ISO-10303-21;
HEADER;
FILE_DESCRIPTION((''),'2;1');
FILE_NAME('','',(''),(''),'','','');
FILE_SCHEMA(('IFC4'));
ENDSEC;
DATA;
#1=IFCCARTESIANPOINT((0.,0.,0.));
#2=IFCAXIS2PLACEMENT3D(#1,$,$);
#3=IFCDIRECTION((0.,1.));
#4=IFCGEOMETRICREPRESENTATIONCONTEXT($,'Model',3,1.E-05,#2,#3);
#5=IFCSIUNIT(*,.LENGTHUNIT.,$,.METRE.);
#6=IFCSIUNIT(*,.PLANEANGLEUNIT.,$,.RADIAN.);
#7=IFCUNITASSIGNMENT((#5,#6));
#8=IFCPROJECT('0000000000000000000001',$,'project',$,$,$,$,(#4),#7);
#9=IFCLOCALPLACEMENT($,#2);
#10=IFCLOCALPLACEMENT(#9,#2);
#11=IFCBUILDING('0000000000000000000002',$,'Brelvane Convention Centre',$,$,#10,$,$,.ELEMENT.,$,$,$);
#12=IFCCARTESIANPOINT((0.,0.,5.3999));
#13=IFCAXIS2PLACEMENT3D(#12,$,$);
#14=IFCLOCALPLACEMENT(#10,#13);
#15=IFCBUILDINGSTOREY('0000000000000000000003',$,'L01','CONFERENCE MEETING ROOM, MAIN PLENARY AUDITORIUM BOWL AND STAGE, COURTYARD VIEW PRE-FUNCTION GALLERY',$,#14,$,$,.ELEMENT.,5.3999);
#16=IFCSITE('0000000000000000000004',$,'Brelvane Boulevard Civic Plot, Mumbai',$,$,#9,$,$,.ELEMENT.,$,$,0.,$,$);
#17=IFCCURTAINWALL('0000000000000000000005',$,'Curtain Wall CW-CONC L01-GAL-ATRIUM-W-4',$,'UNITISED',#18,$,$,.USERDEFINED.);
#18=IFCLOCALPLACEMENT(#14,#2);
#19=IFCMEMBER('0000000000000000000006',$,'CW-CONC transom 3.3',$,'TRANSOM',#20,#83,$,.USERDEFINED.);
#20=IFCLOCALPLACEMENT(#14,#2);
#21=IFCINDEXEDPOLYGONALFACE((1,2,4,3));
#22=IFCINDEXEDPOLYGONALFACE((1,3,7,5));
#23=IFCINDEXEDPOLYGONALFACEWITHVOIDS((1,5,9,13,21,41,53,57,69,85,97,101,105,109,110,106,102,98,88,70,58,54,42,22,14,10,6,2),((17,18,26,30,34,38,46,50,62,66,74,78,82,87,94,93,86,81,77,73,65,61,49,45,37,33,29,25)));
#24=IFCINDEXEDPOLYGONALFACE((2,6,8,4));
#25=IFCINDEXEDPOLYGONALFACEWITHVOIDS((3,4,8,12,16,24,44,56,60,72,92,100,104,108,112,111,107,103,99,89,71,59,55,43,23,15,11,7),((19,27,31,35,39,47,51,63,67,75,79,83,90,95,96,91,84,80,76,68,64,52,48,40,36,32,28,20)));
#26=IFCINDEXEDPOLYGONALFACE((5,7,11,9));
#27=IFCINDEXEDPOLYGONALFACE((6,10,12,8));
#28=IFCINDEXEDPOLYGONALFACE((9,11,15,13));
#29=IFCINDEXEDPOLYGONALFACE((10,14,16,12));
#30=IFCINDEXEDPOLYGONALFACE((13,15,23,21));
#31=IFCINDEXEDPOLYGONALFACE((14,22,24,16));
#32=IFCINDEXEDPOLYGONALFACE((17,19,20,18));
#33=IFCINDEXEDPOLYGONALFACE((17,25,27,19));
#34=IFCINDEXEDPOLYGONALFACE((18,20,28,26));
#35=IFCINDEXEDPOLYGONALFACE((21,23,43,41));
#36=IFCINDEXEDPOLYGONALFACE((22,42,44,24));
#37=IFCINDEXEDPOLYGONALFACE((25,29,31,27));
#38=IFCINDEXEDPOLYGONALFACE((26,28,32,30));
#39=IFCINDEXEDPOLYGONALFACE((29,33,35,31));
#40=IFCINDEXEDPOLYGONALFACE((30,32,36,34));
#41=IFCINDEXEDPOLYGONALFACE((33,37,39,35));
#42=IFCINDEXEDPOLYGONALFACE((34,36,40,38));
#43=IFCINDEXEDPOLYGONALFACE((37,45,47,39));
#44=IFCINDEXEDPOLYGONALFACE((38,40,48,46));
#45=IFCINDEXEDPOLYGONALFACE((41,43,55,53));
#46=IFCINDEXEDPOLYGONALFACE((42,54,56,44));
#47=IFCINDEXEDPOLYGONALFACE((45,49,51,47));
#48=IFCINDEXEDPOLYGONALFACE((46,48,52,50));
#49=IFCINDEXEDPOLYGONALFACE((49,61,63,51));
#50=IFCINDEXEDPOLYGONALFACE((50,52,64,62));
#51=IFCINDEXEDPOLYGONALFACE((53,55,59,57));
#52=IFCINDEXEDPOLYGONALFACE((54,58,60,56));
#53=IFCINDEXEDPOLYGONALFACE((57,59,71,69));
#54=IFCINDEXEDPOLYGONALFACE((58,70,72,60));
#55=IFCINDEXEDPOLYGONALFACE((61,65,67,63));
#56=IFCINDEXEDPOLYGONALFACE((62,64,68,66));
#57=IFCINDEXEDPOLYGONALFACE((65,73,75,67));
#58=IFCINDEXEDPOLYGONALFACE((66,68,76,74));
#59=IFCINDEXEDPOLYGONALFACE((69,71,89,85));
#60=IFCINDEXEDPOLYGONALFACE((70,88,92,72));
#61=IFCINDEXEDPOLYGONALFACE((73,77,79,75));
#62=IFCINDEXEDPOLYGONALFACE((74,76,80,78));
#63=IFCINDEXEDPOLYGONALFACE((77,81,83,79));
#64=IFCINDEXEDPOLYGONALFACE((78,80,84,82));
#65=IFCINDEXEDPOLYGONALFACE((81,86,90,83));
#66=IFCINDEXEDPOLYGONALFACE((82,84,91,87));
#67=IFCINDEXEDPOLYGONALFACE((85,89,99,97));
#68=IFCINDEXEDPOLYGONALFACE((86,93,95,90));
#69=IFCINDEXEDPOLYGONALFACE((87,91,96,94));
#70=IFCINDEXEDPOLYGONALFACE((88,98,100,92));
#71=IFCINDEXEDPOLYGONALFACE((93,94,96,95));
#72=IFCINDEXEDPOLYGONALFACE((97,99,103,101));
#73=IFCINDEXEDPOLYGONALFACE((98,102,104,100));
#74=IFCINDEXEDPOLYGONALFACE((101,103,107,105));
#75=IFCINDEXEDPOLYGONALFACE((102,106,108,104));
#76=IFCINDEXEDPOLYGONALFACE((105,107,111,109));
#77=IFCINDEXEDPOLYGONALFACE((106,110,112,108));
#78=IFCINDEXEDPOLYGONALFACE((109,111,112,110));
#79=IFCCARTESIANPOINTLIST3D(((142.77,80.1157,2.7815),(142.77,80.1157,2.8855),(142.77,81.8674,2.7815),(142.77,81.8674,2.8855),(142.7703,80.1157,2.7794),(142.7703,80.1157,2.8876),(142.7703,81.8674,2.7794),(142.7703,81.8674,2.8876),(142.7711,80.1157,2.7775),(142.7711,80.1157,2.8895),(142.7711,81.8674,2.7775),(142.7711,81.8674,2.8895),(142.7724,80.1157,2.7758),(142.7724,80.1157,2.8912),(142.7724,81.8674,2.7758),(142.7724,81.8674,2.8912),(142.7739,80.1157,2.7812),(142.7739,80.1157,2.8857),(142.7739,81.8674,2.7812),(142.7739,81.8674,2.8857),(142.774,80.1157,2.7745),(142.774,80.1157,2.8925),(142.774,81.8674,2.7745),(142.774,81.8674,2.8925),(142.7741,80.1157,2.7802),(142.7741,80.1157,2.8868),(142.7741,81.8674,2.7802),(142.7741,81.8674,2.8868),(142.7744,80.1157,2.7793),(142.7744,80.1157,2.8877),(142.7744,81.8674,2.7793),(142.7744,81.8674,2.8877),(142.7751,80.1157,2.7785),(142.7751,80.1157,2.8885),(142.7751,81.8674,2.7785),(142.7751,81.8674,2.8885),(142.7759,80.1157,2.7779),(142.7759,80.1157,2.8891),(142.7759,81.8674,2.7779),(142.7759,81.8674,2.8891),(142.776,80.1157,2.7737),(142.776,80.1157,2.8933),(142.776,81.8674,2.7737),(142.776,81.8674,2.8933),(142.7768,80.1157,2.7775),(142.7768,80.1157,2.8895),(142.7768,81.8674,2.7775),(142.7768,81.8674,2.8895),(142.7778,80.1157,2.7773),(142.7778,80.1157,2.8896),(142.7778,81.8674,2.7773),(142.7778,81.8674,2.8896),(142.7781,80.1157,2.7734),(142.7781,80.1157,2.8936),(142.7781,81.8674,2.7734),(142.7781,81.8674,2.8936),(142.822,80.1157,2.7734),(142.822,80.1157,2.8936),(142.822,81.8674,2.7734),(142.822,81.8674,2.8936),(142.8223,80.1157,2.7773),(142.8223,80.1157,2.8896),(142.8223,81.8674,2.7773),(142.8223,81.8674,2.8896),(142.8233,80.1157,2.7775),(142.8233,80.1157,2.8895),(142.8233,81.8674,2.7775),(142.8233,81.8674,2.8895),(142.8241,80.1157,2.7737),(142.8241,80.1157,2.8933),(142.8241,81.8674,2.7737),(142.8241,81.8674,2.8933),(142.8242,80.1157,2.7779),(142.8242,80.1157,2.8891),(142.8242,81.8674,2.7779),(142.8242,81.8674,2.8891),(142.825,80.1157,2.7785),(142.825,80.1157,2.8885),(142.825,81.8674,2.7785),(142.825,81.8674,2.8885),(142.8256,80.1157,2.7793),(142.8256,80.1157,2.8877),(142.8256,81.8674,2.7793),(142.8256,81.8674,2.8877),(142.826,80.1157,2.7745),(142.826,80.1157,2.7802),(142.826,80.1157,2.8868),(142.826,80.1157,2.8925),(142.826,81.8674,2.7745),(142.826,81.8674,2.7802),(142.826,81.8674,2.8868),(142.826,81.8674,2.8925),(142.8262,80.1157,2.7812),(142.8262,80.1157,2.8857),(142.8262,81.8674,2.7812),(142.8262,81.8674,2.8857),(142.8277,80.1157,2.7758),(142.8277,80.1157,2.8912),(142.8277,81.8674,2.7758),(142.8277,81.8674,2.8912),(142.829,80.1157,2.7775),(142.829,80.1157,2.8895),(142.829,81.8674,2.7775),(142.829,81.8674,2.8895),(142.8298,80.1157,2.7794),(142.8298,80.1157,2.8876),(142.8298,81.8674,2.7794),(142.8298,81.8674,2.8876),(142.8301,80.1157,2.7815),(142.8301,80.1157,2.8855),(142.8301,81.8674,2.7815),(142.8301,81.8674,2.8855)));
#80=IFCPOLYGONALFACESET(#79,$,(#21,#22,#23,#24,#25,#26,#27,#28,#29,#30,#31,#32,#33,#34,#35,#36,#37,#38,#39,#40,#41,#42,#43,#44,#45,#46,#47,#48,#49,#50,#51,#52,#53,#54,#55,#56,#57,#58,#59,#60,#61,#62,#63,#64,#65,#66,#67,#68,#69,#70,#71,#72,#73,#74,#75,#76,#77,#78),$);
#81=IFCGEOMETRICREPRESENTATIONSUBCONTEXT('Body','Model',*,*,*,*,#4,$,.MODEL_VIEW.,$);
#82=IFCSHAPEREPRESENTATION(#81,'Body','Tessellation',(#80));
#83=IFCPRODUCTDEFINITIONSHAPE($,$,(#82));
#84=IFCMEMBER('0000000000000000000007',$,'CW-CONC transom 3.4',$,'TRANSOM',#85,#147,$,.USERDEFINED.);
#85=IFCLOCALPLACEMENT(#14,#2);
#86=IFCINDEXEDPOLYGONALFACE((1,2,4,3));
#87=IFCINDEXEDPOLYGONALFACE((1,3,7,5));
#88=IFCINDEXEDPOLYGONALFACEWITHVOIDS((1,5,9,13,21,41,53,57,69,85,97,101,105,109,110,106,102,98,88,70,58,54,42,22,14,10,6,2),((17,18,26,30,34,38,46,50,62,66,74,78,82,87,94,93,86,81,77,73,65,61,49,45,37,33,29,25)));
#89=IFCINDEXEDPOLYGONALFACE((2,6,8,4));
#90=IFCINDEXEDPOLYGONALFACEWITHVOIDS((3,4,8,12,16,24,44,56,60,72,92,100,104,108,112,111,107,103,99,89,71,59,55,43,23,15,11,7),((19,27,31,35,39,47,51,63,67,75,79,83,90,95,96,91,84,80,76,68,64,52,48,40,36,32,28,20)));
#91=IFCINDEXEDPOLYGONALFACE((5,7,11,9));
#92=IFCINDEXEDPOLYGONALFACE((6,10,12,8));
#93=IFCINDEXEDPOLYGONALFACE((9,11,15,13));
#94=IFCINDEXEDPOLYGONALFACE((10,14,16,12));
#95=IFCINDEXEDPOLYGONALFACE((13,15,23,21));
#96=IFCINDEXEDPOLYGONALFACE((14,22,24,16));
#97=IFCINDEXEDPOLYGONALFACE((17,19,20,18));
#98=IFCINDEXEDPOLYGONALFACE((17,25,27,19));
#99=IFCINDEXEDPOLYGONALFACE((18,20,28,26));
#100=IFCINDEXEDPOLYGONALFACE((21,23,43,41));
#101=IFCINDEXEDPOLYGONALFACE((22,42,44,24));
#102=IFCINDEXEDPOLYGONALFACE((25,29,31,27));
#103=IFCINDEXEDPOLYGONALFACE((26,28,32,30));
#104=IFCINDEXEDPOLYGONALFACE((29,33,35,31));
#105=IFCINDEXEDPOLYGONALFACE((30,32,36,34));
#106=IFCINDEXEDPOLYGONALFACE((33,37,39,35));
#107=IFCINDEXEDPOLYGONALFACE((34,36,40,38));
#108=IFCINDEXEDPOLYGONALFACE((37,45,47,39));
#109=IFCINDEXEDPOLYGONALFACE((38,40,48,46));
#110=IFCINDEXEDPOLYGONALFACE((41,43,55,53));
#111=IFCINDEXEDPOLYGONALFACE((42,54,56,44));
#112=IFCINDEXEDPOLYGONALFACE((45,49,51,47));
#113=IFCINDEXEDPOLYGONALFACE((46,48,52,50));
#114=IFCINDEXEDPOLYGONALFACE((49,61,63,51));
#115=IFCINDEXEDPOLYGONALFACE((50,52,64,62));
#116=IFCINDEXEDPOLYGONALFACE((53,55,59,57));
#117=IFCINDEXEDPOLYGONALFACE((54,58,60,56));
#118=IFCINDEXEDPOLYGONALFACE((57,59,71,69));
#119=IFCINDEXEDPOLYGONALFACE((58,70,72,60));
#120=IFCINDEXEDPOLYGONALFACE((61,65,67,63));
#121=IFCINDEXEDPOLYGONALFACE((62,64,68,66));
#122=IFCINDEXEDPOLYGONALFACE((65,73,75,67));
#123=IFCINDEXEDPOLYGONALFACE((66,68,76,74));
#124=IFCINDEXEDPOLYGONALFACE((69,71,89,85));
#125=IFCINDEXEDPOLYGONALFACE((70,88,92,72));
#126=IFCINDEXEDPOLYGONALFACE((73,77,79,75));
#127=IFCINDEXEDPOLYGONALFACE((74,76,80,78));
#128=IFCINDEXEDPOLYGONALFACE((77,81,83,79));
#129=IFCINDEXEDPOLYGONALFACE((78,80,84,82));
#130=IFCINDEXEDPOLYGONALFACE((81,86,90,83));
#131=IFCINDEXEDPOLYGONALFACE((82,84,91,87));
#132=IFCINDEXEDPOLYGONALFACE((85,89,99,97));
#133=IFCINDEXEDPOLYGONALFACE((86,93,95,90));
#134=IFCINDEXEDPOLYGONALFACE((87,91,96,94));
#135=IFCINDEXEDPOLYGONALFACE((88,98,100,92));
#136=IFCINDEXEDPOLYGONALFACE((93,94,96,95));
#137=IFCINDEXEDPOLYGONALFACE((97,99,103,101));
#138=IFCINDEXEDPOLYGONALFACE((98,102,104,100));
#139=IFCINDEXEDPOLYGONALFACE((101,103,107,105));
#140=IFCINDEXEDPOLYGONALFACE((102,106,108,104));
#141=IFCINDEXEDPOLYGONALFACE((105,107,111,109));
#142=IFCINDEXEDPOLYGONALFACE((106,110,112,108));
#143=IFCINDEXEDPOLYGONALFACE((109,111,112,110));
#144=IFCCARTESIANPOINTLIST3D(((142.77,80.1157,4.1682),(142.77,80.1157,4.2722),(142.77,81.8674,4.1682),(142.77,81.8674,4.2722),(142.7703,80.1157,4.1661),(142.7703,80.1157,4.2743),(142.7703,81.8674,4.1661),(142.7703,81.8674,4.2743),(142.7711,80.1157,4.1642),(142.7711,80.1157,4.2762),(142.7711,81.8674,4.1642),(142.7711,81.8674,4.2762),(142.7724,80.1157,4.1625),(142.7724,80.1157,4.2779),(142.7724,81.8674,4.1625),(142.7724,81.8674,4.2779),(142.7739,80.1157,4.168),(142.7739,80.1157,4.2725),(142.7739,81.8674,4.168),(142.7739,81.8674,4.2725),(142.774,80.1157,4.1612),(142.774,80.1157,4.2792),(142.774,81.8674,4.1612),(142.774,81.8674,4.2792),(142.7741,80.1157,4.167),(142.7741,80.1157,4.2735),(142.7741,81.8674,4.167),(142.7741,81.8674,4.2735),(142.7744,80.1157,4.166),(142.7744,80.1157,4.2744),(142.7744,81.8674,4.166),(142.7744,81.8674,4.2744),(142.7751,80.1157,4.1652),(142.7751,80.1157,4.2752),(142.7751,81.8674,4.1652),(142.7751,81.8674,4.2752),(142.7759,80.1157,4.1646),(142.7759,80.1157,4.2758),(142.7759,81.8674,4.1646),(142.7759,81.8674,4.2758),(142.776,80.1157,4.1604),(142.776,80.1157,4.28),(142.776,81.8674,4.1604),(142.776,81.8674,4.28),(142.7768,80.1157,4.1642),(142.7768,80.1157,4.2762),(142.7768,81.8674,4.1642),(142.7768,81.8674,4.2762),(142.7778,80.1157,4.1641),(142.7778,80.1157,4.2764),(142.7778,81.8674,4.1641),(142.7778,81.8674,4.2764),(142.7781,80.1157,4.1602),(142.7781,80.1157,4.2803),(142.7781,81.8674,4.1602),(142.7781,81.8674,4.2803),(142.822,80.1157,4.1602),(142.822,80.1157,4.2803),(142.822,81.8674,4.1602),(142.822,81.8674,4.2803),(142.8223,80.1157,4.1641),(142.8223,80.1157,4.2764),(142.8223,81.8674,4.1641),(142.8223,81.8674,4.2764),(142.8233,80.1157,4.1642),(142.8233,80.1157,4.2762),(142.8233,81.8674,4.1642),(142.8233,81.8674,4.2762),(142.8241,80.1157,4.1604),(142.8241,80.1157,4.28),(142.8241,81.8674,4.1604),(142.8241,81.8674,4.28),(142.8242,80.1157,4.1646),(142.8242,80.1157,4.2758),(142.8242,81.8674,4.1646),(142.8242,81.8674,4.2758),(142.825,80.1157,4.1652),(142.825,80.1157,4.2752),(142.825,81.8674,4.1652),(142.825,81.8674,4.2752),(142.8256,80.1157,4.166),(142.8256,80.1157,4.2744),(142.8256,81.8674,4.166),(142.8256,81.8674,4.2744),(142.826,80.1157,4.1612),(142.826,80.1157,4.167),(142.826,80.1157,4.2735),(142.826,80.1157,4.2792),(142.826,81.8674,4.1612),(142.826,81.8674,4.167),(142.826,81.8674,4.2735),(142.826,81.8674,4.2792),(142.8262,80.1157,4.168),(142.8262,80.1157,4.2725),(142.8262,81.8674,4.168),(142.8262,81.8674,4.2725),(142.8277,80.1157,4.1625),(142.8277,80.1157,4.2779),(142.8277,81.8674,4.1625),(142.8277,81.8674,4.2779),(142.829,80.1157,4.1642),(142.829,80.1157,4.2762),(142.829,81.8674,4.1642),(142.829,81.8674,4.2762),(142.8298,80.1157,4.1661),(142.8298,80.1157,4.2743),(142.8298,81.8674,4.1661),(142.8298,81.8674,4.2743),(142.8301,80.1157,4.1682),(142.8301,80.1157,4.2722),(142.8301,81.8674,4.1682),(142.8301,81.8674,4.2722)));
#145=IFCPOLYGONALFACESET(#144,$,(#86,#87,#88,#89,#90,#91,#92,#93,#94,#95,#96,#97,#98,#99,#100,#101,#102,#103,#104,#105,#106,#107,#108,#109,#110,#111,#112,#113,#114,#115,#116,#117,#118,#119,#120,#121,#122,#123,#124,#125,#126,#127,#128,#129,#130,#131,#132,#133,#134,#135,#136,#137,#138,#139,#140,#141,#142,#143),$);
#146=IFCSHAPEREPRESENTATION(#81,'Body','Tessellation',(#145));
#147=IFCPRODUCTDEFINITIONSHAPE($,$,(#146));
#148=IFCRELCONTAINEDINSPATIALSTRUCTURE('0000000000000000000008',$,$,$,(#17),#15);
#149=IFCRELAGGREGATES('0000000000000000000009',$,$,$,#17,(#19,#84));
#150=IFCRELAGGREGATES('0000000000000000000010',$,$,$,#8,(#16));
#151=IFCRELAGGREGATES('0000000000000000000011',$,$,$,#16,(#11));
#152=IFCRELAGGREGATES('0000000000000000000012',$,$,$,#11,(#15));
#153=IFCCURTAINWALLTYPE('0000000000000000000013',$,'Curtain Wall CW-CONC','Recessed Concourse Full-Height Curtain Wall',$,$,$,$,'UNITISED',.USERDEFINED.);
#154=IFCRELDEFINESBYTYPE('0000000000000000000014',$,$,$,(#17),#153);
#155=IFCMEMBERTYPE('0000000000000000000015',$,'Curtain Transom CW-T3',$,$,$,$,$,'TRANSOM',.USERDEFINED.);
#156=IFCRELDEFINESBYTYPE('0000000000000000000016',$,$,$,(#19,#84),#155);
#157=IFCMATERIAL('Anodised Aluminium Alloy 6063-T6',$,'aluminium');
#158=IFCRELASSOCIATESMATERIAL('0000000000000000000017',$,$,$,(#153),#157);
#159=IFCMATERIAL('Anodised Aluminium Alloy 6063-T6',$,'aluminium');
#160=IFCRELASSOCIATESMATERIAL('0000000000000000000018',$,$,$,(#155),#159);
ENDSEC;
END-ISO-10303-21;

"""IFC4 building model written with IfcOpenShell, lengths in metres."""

from ifc_helpers import new_model, si_unit, direction, frame, origin, origin_2d, place, context, subcontext, project, spatial, hollow_rectangle, extrude, material, material_profile, profile_set, type_object, element, aggregate, save


model = new_model("IFC4")

# Units and contexts
model_context = context("Model", 3, precision=1e-05, world=origin(), true_north=direction((0.0, 1.0)))
body_context = subcontext(model_context, "Body", "Model", "MODEL_VIEW")
ifc_project = project(units=[si_unit("LENGTHUNIT", "METRE"), si_unit("PLANEANGLEUNIT", "RADIAN")], contexts=[model_context])

# Site, building, storey
site_placement = place(None, origin())
site = spatial("IfcSite", under=ifc_project, at=site_placement, Name="Brelvane Boulevard Civic Plot, Mumbai", CompositionType="ELEMENT", RefElevation=0.0)
building_placement = place(site_placement, origin())
building = spatial("IfcBuilding", under=site, at=building_placement, Name="Brelvane Convention Centre", CompositionType="ELEMENT")
storey_placement = place(building_placement, frame((0.0, 0.0, 5.3999)))
storey = spatial("IfcBuildingStorey", under=building, at=storey_placement, Name="L01", Description="CONFERENCE MEETING ROOM, MAIN PLENARY AUDITORIUM BOWL AND STAGE, COURTYARD VIEW PRE-FUNCTION GALLERY", CompositionType="ELEMENT", Elevation=5.3999)

# Curtain wall, members
ifc_material_1 = material(Name="Anodised Aluminium Alloy 6063-T6", Category="aluminium")
curtain_wall_type = type_object("IfcCurtainWallType", Name="Curtain Wall CW-CONC", Description="Recessed Concourse Full-Height Curtain Wall", ElementType="UNITISED", PredefinedType="USERDEFINED", material=ifc_material_1)
curtain_wall_placement = place(storey_placement, origin())
curtain_wall = element("IfcCurtainWall", 1, at=curtain_wall_placement, inside=storey, type_object=curtain_wall_type, Name="Curtain Wall CW-CONC L01-GAL-ATRIUM-W-4", ObjectType="UNITISED", PredefinedType="USERDEFINED")
ifc_material_2 = material(Name="Anodised Aluminium Alloy 6063-T6", Category="aluminium")
ifc_material_profile_1 = material_profile(ifc_material_2, hollow_rectangle(XDim=0.0601, YDim=0.1201, WallThickness=0.0039, InnerFilletRadius=0.0039, OuterFilletRadius=0.0081, at=origin_2d()), Name="ALU-T 120x60x4.0")
ifc_profile_set_1 = profile_set([ifc_material_profile_1], Name="Anodised Aluminium Alloy 6063-T6")
member_type_1 = type_object("IfcMemberType", Name="Curtain Transom CW-T3", ElementType="TRANSOM", PredefinedType="USERDEFINED", material=ifc_profile_set_1)
member_1_placement = place(storey_placement, frame((142.8, 80.1157, 2.8335), z_axis=(0.0, 1.0, 0.0), x_axis=(-1.0, 0.0, 0.0)))
member_1 = element("IfcMember", 2, at=member_1_placement, type_object=member_type_1, Name="CW-CONC transom 3.3", ObjectType="TRANSOM", PredefinedType="USERDEFINED", context=body_context, shape_type="SweptSolid", body=[
    extrude(hollow_rectangle(XDim=0.0601, YDim=0.1201, WallThickness=0.0039, InnerFilletRadius=0.0039, OuterFilletRadius=0.0081, at=origin_2d()), origin(), (0.0, 0.0, 1.0), 1.7517),
])
member_2_placement = place(storey_placement, frame((142.8, 80.1157, 4.2202), z_axis=(0.0, 1.0, 0.0), x_axis=(-1.0, 0.0, 0.0)))
member_2 = element("IfcMember", 3, at=member_2_placement, type_object=member_type_1, Name="CW-CONC transom 3.4", ObjectType="TRANSOM", PredefinedType="USERDEFINED", context=body_context, shape_type="SweptSolid", body=[
    extrude(hollow_rectangle(XDim=0.0601, YDim=0.1201, WallThickness=0.0039, InnerFilletRadius=0.0039, OuterFilletRadius=0.0081, at=origin_2d()), origin(), (0.0, 0.0, 1.0), 1.7517),
])
aggregate(curtain_wall, [member_1, member_2])

save(model, "model.ifc")
